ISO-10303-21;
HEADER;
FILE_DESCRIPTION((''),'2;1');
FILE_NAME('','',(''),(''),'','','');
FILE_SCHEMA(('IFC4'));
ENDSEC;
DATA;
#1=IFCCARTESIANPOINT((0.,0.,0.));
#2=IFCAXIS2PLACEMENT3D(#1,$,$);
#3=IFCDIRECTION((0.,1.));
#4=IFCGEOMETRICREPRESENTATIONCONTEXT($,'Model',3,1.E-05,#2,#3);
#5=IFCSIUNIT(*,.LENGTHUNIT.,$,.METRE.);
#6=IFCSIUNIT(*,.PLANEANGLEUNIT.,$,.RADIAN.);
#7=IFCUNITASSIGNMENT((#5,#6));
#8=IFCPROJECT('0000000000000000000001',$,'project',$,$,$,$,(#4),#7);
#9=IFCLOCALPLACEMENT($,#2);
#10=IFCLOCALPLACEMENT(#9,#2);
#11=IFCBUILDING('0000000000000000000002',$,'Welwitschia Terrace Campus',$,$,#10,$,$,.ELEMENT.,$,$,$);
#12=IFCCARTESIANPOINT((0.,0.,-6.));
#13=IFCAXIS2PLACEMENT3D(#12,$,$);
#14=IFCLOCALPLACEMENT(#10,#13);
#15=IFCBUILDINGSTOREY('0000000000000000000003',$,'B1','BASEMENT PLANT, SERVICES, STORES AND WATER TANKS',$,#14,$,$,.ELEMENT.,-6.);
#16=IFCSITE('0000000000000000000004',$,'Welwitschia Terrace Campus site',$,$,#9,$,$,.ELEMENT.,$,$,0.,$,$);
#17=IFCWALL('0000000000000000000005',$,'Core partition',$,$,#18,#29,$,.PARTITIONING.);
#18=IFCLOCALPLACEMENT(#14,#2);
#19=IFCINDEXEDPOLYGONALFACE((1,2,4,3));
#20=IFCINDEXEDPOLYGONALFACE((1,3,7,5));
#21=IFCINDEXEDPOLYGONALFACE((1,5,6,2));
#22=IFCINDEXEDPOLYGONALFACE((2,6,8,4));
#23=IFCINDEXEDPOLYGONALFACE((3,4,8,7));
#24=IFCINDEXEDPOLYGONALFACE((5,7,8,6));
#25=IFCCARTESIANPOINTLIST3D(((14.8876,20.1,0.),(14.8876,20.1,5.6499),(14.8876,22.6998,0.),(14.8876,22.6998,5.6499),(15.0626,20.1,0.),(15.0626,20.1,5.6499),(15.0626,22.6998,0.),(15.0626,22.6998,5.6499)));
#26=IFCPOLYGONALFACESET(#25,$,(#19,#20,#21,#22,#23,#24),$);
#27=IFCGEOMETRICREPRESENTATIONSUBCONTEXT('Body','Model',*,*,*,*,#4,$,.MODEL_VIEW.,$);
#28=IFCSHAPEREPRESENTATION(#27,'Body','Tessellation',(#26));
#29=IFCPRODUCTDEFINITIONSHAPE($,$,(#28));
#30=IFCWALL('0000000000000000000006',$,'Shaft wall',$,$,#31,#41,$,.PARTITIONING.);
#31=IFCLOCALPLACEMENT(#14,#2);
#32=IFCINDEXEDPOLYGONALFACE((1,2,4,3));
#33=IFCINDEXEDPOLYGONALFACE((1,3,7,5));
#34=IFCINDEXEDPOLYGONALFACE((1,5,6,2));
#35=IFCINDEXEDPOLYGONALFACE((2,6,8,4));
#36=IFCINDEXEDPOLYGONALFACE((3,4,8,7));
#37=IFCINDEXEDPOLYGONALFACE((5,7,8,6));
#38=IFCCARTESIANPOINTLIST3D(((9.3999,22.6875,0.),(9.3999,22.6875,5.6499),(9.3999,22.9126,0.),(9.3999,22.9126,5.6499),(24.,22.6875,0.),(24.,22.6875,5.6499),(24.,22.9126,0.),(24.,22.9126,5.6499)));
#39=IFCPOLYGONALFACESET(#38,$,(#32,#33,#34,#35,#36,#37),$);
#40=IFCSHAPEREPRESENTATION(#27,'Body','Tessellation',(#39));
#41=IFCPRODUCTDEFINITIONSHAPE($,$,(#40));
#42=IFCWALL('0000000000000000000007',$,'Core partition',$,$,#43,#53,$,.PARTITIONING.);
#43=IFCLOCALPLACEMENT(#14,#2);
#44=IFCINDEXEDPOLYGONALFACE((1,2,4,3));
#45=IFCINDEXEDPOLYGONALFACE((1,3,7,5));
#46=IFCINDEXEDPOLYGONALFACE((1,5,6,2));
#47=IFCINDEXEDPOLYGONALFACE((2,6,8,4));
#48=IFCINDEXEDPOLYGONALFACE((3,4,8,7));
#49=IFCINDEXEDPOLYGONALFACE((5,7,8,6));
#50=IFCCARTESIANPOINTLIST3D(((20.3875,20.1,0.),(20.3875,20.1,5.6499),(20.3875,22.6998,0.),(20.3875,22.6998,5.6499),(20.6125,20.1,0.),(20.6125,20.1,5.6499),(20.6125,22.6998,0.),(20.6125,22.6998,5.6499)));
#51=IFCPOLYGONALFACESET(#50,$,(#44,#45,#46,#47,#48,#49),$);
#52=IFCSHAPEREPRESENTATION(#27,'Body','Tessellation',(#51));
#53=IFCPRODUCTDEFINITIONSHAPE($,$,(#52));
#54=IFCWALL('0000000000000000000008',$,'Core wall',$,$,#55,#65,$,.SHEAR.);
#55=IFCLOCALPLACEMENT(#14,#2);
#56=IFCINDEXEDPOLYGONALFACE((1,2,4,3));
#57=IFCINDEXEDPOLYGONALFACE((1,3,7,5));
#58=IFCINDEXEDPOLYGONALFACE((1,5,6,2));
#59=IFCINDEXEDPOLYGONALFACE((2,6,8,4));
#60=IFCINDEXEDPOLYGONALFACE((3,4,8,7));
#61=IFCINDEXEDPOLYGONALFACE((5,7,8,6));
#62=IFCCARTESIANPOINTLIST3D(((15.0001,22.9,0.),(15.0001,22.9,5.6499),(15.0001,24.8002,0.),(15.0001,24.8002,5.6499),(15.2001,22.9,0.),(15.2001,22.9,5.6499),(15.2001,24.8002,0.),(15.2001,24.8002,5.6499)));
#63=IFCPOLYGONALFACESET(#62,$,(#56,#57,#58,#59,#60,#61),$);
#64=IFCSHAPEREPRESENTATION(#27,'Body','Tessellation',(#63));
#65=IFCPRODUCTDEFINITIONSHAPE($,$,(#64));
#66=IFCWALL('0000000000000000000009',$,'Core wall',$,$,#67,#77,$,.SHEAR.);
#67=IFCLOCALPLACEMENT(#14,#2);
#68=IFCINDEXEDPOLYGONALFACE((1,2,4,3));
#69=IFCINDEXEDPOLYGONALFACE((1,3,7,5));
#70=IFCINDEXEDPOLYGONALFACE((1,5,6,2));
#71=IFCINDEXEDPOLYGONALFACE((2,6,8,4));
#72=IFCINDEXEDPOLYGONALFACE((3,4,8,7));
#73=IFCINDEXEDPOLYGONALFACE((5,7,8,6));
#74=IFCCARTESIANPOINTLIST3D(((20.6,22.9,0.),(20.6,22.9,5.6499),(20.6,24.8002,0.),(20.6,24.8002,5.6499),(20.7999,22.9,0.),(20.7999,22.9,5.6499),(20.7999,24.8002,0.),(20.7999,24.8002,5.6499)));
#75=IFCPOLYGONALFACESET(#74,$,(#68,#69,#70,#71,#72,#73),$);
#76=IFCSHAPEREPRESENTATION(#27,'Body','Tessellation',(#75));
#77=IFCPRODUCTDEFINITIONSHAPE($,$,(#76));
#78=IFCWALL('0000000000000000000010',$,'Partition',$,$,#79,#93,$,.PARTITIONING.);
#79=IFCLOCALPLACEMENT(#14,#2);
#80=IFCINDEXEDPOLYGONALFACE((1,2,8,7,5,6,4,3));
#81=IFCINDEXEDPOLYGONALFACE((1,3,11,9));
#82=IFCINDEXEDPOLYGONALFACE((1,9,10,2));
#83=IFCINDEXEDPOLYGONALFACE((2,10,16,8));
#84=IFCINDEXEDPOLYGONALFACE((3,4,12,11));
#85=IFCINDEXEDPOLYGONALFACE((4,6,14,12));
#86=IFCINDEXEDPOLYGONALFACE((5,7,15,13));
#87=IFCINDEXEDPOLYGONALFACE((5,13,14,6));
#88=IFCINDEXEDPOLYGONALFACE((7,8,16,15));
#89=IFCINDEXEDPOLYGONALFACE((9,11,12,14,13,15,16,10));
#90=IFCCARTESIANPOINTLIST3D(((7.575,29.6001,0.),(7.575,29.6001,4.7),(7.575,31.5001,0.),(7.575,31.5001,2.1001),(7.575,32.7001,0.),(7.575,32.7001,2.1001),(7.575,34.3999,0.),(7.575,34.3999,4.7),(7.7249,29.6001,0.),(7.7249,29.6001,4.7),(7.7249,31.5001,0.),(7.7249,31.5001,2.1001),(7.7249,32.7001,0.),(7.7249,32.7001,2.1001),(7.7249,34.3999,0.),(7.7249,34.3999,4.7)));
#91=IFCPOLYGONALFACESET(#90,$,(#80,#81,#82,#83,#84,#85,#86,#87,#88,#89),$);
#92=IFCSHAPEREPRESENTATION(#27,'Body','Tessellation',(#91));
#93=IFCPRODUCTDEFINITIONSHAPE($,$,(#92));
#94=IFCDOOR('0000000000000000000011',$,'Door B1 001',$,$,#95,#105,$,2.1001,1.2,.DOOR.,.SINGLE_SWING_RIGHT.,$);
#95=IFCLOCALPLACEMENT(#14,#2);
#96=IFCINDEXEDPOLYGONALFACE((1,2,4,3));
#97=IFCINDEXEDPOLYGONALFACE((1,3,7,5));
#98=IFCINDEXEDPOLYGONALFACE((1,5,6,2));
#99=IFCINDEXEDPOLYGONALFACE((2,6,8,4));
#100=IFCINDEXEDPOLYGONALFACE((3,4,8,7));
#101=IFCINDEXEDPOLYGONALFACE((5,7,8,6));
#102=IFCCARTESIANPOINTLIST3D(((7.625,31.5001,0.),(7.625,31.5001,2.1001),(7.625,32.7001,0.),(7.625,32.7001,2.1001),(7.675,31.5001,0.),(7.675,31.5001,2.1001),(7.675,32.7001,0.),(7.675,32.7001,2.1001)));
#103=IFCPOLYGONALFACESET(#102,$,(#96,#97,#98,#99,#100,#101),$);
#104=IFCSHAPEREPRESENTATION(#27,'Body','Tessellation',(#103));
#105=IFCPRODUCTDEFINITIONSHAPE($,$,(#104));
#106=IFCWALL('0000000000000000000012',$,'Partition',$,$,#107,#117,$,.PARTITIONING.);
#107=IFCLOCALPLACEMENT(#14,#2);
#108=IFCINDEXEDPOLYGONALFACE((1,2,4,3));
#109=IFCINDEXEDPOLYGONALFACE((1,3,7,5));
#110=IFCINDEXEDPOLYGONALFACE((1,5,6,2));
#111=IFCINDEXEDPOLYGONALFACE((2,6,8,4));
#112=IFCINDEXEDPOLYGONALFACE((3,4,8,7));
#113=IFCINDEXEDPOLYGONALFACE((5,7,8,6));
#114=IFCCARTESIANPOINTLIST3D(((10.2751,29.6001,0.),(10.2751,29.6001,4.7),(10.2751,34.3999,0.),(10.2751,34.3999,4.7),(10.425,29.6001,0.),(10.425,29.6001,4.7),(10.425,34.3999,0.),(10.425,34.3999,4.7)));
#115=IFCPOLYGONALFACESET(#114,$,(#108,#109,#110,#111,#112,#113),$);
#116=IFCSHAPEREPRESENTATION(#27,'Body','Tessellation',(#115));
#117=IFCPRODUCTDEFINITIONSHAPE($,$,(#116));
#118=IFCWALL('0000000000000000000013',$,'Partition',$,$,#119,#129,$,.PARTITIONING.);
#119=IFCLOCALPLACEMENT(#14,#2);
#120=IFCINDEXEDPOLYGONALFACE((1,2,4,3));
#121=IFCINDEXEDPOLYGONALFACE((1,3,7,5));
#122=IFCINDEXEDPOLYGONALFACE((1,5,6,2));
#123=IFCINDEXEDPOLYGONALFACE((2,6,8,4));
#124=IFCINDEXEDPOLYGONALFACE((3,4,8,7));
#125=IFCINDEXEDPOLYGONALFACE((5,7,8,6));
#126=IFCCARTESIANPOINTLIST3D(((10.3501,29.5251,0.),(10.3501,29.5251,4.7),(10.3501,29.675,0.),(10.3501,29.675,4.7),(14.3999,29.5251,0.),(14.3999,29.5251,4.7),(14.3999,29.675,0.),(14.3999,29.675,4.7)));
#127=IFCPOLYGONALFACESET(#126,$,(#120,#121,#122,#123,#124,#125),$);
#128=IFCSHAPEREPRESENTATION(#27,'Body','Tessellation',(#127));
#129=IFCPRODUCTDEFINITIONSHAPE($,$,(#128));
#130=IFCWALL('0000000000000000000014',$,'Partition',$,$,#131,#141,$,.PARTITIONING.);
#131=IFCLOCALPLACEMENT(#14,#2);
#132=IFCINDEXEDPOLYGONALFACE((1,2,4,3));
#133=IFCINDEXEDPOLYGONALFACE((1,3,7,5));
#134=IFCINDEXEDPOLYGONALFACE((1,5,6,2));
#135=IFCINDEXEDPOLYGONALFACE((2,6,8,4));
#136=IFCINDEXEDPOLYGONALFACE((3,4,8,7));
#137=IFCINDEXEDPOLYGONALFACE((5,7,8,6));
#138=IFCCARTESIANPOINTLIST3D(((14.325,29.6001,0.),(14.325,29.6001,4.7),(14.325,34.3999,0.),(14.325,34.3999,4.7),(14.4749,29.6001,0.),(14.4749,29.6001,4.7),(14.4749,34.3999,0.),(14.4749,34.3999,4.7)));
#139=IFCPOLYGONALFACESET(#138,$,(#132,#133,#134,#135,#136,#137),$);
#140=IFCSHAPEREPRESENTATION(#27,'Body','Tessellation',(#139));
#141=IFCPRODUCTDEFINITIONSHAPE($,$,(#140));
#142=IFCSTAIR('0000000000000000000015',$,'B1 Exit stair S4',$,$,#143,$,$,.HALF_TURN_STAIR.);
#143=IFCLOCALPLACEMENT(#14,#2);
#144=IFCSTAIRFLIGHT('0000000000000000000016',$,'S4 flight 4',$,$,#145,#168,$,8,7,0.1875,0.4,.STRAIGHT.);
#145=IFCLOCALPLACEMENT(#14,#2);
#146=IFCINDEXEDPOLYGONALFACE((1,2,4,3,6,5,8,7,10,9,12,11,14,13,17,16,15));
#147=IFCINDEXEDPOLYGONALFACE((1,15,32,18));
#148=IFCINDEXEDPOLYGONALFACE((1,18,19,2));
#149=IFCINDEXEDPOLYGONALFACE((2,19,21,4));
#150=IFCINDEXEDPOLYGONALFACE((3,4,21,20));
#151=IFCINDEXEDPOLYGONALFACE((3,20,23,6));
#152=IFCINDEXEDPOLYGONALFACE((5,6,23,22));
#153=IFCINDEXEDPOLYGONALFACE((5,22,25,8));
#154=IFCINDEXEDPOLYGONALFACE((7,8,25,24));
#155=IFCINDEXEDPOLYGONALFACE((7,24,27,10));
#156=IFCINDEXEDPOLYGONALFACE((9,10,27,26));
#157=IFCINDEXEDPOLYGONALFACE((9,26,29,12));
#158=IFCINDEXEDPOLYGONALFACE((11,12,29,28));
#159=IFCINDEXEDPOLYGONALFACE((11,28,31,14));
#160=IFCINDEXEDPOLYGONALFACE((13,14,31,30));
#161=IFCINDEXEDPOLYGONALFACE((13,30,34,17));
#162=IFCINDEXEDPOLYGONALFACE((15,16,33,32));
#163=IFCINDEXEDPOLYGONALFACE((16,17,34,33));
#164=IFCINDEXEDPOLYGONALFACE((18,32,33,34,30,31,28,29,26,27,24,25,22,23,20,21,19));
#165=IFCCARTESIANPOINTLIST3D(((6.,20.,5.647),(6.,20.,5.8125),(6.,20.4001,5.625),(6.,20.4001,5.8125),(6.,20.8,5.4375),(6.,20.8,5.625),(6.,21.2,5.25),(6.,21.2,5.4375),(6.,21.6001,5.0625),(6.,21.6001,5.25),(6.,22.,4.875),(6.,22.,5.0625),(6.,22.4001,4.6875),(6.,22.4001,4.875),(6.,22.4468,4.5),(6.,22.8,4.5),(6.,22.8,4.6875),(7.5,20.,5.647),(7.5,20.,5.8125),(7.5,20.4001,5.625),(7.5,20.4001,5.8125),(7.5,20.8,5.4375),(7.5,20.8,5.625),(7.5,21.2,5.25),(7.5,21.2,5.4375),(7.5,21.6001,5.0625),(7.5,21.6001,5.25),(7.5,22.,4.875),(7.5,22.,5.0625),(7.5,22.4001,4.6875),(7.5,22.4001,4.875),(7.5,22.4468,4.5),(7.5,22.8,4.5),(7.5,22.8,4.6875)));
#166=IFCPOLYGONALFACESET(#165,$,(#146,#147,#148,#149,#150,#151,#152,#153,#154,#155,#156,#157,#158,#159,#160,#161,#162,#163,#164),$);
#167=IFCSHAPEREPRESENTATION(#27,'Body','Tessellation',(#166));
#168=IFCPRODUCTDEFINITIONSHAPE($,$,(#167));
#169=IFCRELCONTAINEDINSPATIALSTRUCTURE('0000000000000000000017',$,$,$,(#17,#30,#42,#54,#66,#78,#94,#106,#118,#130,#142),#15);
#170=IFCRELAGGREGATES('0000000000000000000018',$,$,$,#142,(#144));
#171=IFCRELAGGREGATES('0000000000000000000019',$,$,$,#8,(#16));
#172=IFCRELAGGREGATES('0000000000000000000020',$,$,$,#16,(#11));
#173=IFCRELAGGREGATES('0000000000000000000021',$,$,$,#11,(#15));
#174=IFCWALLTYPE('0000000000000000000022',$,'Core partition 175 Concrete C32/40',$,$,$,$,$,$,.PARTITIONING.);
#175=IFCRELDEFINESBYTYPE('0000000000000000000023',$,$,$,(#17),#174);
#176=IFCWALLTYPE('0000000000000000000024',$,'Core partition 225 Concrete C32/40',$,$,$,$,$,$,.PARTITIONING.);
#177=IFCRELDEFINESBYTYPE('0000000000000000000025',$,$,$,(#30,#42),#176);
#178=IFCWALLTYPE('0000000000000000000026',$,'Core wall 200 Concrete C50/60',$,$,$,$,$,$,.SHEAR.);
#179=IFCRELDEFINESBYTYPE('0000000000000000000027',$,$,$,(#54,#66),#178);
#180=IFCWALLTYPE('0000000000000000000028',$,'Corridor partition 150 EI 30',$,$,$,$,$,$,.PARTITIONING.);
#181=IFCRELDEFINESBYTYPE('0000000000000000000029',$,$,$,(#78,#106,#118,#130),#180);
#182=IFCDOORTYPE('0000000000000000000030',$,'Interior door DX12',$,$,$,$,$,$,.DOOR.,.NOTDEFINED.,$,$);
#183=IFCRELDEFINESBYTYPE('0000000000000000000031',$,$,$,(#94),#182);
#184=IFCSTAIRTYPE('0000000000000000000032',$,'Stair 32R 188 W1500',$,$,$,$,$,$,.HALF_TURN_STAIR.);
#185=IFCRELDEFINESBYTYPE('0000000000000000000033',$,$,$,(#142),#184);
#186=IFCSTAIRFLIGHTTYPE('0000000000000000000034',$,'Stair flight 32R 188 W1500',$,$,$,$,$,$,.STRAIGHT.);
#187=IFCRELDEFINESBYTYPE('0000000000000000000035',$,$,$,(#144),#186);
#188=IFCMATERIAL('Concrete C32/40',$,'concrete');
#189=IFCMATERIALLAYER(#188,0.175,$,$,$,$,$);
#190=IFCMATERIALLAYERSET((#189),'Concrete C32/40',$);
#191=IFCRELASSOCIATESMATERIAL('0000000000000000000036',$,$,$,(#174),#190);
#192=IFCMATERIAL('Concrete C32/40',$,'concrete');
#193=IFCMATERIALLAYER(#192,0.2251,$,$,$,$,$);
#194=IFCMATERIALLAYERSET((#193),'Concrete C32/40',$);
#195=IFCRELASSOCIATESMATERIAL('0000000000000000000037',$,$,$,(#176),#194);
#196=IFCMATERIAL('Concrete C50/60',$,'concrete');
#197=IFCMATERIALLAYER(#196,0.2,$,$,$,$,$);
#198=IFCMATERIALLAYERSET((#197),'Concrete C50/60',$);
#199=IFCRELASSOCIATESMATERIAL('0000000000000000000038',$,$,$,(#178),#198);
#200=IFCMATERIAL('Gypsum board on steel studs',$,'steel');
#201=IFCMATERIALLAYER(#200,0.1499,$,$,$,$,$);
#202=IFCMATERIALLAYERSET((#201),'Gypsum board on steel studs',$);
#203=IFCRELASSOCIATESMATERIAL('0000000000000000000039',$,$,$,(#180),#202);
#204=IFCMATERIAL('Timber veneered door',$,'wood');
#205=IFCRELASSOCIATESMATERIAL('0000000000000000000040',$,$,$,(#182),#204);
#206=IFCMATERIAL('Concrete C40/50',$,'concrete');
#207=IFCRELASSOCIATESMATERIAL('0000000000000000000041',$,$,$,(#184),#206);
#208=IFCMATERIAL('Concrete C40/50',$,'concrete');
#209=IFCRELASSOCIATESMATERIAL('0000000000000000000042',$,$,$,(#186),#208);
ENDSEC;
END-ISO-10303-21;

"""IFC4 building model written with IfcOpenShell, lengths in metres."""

from ifc_helpers import new_model, si_unit, direction, frame, frame_2d, origin, place, context, subcontext, project, spatial, polyline, rectangle, outline, extrude, material, layer, layer_set, type_object, element, fill, aggregate, save


model = new_model("IFC4")

# Units and contexts
model_context = context("Model", 3, precision=1e-05, world=origin(), true_north=direction((0.0, 1.0)))
body_context = subcontext(model_context, "Body", "Model", "MODEL_VIEW")
ifc_project = project(units=[si_unit("LENGTHUNIT", "METRE"), si_unit("PLANEANGLEUNIT", "RADIAN")], contexts=[model_context])

# Site, building, storey
site_placement = place(None, origin())
site = spatial("IfcSite", under=ifc_project, at=site_placement, Name="Welwitschia Terrace Campus site", CompositionType="ELEMENT", RefElevation=0.0)
building_placement = place(site_placement, origin())
building = spatial("IfcBuilding", under=site, at=building_placement, Name="Welwitschia Terrace Campus", CompositionType="ELEMENT")
storey_placement = place(building_placement, frame((0.0, 0.0, -6.0)))
storey = spatial("IfcBuildingStorey", under=building, at=storey_placement, Name="B1", Description="BASEMENT PLANT, SERVICES, STORES AND WATER TANKS", CompositionType="ELEMENT", Elevation=-6.0)

# Walls
ifc_material_1 = material(Name="Concrete C32/40", Category="concrete")
ifc_layer_1 = layer(ifc_material_1, 0.175)
ifc_layer_set_1 = layer_set([ifc_layer_1], Name="Concrete C32/40")
wall_type_1 = type_object("IfcWallType", Name="Core partition 175 Concrete C32/40", PredefinedType="PARTITIONING", material=ifc_layer_set_1)
wall_1_placement = place(storey_placement, frame((14.9751, 20.1001, 0.0), z_axis=(0.0, 0.0, 1.0), x_axis=(0.0, 1.0, 0.0)))
element("IfcWall", 1, at=wall_1_placement, inside=storey, type_object=wall_type_1, Name="Core partition", PredefinedType="PARTITIONING", context=body_context, shape_type="SweptSolid", body=[
    extrude(rectangle(XDim=2.5999, YDim=0.175, at=frame_2d((1.2998, 0.0))), origin(), (0.0, 0.0, 1.0), 5.6499),
])
ifc_material_2 = material(Name="Concrete C32/40", Category="concrete")
ifc_layer_2 = layer(ifc_material_2, 0.2251)
ifc_layer_set_2 = layer_set([ifc_layer_2], Name="Concrete C32/40")
wall_type_2 = type_object("IfcWallType", Name="Core partition 225 Concrete C32/40", PredefinedType="PARTITIONING", material=ifc_layer_set_2)
wall_2_placement = place(storey_placement, frame((9.3999, 22.8, 0.0), z_axis=(0.0, 0.0, 1.0), x_axis=(1.0, 0.0, 0.0)))
element("IfcWall", 2, at=wall_2_placement, inside=storey, type_object=wall_type_2, Name="Shaft wall", PredefinedType="PARTITIONING", context=body_context, shape_type="SweptSolid", body=[
    extrude(rectangle(XDim=14.6001, YDim=0.2251, at=frame_2d((7.3, 0.0))), origin(), (0.0, 0.0, 1.0), 5.6499),
])
wall_3_placement = place(storey_placement, frame((20.5, 20.1001, 0.0), z_axis=(0.0, 0.0, 1.0), x_axis=(0.0, 1.0, 0.0)))
element("IfcWall", 3, at=wall_3_placement, inside=storey, type_object=wall_type_2, Name="Core partition", PredefinedType="PARTITIONING", context=body_context, shape_type="SweptSolid", body=[
    extrude(rectangle(XDim=2.5999, YDim=0.2251, at=frame_2d((1.2998, 0.0))), origin(), (0.0, 0.0, 1.0), 5.6499),
])
ifc_material_3 = material(Name="Concrete C50/60", Category="concrete")
ifc_layer_3 = layer(ifc_material_3, 0.2)
ifc_layer_set_3 = layer_set([ifc_layer_3], Name="Concrete C50/60")
wall_type_3 = type_object("IfcWallType", Name="Core wall 200 Concrete C50/60", PredefinedType="SHEAR", material=ifc_layer_set_3)
for number, where, z_axis, x_axis, name in (
    (4, (15.1001, 22.8999, 0.0), (0.0, 0.0, 1.0), (0.0, 1.0, 0.0), "Core wall"),
    (5, (20.7, 22.8999, 0.0), (0.0, 0.0, 1.0), (0.0, 1.0, 0.0), "Core wall"),
):
    element("IfcWall", number, at=place(storey_placement, frame(where, z_axis=z_axis, x_axis=x_axis)), inside=storey, type_object=wall_type_3, Name=name, PredefinedType="SHEAR", context=body_context, shape_type="SweptSolid", body=[
        extrude(rectangle(XDim=1.9001, YDim=0.2, at=frame_2d((0.9502, 0.0))), origin(), (0.0, 0.0, 1.0), 5.6499),
    ])

# Wall, opening, door
ifc_material_4 = material(Name="Gypsum board on steel studs", Category="steel")
ifc_layer_4 = layer(ifc_material_4, 0.1499)
ifc_layer_set_4 = layer_set([ifc_layer_4], Name="Gypsum board on steel studs")
wall_type_4 = type_object("IfcWallType", Name="Corridor partition 150 EI 30", PredefinedType="PARTITIONING", material=ifc_layer_set_4)
wall_4_placement = place(storey_placement, frame((7.6499, 29.6001, 0.0), z_axis=(0.0, 0.0, 1.0), x_axis=(0.0, 1.0, 0.0)))
wall_4 = element("IfcWall", 6, at=wall_4_placement, inside=storey, type_object=wall_type_4, Name="Partition", PredefinedType="PARTITIONING", context=body_context, shape_type="SweptSolid", body=[
    extrude(rectangle(XDim=4.7998, YDim=0.1499, at=frame_2d((2.3999, 0.0))), origin(), (0.0, 0.0, 1.0), 4.7),
])
opening_placement = place(wall_4_placement, frame((1.8999, 0.0, 0.0)))
opening = element("IfcOpeningElement", 7, at=opening_placement, cuts=wall_4, PredefinedType="OPENING", context=body_context, shape_type="SweptSolid", body=[
    extrude(rectangle(XDim=1.2, YDim=2.1001, at=frame_2d((0.6001, 1.05))), frame((0.0, 0.085, 0.0), z_axis=(0.0, -1.0, 0.0), x_axis=(1.0, 0.0, 0.0)), (0.0, 0.0, 1.0), 0.1699),
])
ifc_material_5 = material(Name="Timber veneered door", Category="wood")
door_type = type_object("IfcDoorType", Name="Interior door DX12", OperationType="NOTDEFINED", PredefinedType="DOOR", material=ifc_material_5)
door_placement = place(opening_placement, origin())
door = element("IfcDoor", 8, at=door_placement, inside=storey, type_object=door_type, Name="Door B1 001", OperationType="SINGLE_SWING_RIGHT", OverallHeight=2.1001, OverallWidth=1.2, PredefinedType="DOOR", context=body_context, shape_type="SweptSolid", body=[
    extrude(rectangle(XDim=1.2, YDim=2.1001, at=frame_2d((0.6001, 1.05))), frame((0.0, 0.0249, 0.0), z_axis=(0.0, -1.0, 0.0), x_axis=(1.0, 0.0, 0.0)), (0.0, 0.0, 1.0), 0.05),
])
fill(opening, door)

# Walls
wall_5_placement = place(storey_placement, frame((10.3501, 29.6001, 0.0), z_axis=(0.0, 0.0, 1.0), x_axis=(0.0, 1.0, 0.0)))
element("IfcWall", 9, at=wall_5_placement, inside=storey, type_object=wall_type_4, Name="Partition", PredefinedType="PARTITIONING", context=body_context, shape_type="SweptSolid", body=[
    extrude(rectangle(XDim=4.7998, YDim=0.1499, at=frame_2d((2.3999, 0.0))), origin(), (0.0, 0.0, 1.0), 4.7),
])
wall_6_placement = place(storey_placement, frame((10.3501, 29.6001, 0.0), z_axis=(0.0, 0.0, 1.0), x_axis=(1.0, 0.0, 0.0)))
element("IfcWall", 10, at=wall_6_placement, inside=storey, type_object=wall_type_4, Name="Partition", PredefinedType="PARTITIONING", context=body_context, shape_type="SweptSolid", body=[
    extrude(rectangle(XDim=4.0498, YDim=0.1499, at=frame_2d((2.0249, 0.0))), origin(), (0.0, 0.0, 1.0), 4.7),
])
wall_7_placement = place(storey_placement, frame((14.3999, 29.6001, 0.0), z_axis=(0.0, 0.0, 1.0), x_axis=(0.0, 1.0, 0.0)))
element("IfcWall", 11, at=wall_7_placement, inside=storey, type_object=wall_type_4, Name="Partition", PredefinedType="PARTITIONING", context=body_context, shape_type="SweptSolid", body=[
    extrude(rectangle(XDim=4.7998, YDim=0.1499, at=frame_2d((2.3999, 0.0))), origin(), (0.0, 0.0, 1.0), 4.7),
])

# Stair, stair flight
ifc_material_6 = material(Name="Concrete C40/50", Category="concrete")
stair_type = type_object("IfcStairType", Name="Stair 32R 188 W1500", PredefinedType="HALF_TURN_STAIR", material=ifc_material_6)
stair_placement = place(storey_placement, origin())
stair = element("IfcStair", 12, at=stair_placement, inside=storey, type_object=stair_type, Name="B1 Exit stair S4", PredefinedType="HALF_TURN_STAIR")
ifc_material_7 = material(Name="Concrete C40/50", Category="concrete")
stair_flight_type = type_object("IfcStairFlightType", Name="Stair flight 32R 188 W1500", PredefinedType="STRAIGHT", material=ifc_material_7)
stair_flight_placement = place(storey_placement, frame((6.75, 22.8, 4.5), z_axis=(0.0, 0.0, 1.0), x_axis=(0.0, -1.0, 0.0)))
stair_flight = element("IfcStairFlight", 13, at=stair_flight_placement, type_object=stair_flight_type, Name="S4 flight 4", NumberOfRisers=8, NumberOfTreads=7, PredefinedType="STRAIGHT", RiserHeight=0.1875, TreadLength=0.4, context=body_context, shape_type="SweptSolid", body=[
    extrude(outline(polyline([(0.0, 0.0), (0.0, 0.1875), (0.3999, 0.1875), (0.3999, 0.375), (0.8, 0.375), (0.8, 0.5625), (1.2, 0.5625), (1.2, 0.75), (1.6001, 0.75), (1.6001, 0.9375), (2.0, 0.9375), (2.0, 1.125), (2.3999, 1.125), (2.3999, 1.3125), (2.8, 1.3125), (2.8, 1.5), (2.8, 1.147), (0.3533, 0.0), (0.0, 0.0)])), frame((0.0, 0.75, 0.0), z_axis=(0.0, -1.0, 0.0), x_axis=(1.0, 0.0, 0.0)), (0.0, 0.0, 1.0), 1.5),
])
aggregate(stair, [stair_flight])

save(model, "model.ifc")
